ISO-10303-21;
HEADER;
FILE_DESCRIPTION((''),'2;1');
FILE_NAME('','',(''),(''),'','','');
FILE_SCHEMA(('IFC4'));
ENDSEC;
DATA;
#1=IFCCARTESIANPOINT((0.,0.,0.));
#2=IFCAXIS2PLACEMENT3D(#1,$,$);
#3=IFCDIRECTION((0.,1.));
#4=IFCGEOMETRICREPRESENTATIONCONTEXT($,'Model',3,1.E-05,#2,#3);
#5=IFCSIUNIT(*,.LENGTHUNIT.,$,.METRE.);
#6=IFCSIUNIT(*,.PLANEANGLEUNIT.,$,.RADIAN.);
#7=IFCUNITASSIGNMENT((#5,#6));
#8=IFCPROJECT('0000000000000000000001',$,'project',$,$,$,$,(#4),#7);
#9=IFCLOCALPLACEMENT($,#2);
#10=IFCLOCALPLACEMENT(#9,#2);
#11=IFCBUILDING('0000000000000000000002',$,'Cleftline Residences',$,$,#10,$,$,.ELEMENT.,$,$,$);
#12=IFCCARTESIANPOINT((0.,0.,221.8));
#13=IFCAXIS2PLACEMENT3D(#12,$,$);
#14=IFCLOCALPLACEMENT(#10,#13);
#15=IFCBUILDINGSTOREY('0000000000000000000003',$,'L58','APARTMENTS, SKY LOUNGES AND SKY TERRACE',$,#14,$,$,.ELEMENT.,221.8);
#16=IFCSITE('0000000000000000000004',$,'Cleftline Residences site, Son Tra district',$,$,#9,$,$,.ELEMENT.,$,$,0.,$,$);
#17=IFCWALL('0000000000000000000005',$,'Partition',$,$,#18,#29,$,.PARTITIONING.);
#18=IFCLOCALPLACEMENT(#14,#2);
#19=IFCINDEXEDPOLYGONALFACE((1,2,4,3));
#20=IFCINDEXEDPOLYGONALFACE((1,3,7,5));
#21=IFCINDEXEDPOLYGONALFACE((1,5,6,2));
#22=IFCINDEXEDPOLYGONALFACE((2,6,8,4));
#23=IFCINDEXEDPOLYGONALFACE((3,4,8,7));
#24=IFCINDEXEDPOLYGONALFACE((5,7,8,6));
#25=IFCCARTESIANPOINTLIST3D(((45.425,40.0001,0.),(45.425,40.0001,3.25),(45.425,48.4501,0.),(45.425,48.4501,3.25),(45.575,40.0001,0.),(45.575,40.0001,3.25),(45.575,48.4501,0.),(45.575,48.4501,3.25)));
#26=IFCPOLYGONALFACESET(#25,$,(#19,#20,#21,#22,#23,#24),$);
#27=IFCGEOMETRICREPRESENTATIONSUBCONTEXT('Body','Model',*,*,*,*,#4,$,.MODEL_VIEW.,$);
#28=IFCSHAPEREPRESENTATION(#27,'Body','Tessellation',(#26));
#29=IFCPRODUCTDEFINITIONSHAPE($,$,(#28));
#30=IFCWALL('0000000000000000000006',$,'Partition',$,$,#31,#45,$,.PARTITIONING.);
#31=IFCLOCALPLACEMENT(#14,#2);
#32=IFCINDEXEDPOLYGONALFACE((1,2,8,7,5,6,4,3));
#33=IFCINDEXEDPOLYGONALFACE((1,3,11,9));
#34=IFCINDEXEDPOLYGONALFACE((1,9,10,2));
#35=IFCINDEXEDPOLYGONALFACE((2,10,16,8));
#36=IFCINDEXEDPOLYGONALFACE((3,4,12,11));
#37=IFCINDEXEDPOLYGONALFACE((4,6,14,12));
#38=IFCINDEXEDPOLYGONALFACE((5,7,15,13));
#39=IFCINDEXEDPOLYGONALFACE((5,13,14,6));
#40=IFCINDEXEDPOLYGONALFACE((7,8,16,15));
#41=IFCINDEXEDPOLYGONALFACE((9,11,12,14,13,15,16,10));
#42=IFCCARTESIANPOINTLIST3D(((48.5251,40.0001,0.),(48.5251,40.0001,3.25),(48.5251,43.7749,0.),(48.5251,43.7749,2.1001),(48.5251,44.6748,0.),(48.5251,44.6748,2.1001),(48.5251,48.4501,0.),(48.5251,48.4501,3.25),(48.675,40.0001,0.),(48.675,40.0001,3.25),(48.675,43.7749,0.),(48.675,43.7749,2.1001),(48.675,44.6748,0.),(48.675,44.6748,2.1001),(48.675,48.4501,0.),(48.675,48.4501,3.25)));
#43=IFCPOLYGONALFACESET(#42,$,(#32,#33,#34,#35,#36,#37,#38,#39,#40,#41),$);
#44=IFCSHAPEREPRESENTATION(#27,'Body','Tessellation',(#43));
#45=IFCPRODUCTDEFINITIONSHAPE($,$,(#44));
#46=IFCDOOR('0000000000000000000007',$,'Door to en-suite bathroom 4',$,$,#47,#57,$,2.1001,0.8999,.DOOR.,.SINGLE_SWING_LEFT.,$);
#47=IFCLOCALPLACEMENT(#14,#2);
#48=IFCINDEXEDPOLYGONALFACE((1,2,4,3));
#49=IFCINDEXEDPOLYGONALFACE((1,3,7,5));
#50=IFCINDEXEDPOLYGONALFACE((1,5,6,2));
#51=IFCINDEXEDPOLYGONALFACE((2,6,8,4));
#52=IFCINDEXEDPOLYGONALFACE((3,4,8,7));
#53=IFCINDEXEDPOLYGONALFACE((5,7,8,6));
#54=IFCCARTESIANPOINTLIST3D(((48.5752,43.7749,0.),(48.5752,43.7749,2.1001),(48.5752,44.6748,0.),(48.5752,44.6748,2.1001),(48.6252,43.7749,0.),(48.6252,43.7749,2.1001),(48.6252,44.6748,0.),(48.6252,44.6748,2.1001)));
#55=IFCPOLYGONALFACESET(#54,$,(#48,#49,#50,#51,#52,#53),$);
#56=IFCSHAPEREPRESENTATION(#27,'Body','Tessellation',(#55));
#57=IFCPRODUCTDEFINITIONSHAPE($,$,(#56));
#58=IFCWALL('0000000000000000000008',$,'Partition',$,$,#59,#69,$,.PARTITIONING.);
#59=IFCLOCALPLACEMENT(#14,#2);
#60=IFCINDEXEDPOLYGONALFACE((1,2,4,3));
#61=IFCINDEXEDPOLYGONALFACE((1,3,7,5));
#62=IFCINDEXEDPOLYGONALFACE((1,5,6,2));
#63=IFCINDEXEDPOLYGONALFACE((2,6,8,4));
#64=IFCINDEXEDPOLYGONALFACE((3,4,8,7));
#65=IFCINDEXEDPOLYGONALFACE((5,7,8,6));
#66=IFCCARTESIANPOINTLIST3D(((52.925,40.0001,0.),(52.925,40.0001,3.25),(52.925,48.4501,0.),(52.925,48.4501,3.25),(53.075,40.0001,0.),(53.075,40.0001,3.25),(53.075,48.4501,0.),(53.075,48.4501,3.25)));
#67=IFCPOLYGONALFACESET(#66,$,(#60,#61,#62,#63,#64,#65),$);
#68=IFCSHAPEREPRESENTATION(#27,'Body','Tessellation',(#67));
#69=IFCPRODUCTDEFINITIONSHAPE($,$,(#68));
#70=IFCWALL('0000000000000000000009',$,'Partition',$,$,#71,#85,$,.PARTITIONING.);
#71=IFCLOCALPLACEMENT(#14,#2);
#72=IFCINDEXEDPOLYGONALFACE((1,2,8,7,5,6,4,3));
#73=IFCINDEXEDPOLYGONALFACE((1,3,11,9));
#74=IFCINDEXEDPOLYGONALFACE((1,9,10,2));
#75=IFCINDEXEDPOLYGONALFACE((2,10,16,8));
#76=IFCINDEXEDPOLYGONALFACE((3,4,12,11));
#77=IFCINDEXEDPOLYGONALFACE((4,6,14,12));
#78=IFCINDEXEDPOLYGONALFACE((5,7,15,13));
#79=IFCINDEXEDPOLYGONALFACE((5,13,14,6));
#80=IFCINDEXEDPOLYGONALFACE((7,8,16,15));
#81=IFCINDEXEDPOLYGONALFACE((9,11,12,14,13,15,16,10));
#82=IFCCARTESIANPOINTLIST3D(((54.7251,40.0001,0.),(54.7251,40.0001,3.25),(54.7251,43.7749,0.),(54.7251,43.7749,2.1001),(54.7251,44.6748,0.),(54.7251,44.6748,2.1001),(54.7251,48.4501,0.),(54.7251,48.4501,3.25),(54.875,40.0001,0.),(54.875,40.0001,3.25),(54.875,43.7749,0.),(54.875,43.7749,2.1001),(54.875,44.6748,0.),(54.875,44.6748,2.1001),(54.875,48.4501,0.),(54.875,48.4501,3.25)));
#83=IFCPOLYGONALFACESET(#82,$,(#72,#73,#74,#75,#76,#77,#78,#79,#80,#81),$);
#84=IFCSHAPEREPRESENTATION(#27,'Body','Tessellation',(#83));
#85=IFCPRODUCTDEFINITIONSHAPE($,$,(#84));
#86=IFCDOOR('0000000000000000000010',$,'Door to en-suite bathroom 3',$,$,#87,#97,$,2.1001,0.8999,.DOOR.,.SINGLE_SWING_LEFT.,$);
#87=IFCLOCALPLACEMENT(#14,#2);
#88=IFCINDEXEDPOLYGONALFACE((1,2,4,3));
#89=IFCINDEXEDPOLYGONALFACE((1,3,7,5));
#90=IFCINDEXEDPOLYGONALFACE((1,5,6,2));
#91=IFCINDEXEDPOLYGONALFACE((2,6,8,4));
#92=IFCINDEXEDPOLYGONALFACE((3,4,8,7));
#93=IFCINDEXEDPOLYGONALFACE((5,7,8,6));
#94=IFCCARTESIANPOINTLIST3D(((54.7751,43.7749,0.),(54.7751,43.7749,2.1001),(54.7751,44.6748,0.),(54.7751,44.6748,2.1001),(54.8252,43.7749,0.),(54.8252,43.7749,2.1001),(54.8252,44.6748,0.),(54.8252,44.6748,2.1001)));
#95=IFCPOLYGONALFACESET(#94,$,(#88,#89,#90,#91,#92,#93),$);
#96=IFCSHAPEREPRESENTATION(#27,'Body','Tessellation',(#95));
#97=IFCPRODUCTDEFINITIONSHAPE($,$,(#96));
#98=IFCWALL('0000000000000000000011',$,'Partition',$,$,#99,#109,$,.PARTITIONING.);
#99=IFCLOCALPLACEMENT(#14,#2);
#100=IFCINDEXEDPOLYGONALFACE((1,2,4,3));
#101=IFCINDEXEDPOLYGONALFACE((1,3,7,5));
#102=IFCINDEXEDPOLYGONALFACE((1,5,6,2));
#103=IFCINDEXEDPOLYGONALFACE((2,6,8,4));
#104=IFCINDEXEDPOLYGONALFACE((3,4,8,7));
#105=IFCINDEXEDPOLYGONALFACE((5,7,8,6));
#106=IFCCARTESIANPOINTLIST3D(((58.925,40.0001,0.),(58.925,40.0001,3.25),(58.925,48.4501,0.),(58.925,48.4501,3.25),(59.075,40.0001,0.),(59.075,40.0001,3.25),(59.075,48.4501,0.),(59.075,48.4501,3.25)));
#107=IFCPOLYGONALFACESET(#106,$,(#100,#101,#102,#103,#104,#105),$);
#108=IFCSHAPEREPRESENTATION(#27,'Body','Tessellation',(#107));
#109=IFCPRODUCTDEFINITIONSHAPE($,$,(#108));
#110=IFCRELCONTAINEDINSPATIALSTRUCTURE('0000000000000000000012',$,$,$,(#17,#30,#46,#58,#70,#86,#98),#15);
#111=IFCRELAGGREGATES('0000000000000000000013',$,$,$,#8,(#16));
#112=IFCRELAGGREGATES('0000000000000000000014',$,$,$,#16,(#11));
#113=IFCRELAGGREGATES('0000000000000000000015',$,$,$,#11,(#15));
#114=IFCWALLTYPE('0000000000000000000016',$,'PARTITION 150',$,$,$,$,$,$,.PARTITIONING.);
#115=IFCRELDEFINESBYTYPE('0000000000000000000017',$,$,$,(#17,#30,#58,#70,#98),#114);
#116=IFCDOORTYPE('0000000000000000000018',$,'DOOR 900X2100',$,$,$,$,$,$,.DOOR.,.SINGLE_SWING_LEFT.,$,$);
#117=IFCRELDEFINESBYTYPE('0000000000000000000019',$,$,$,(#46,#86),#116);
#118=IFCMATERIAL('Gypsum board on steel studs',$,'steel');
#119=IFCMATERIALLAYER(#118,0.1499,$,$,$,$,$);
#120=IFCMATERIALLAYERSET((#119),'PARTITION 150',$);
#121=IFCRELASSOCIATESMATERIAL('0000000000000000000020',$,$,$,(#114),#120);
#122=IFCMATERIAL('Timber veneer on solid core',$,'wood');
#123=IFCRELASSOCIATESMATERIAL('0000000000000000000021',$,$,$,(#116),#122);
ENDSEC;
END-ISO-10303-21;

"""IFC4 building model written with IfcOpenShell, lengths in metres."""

from ifc_helpers import new_model, si_unit, direction, frame, frame_2d, origin, place, context, subcontext, project, spatial, rectangle, extrude, material, layer, layer_set, type_object, element, fill, save


model = new_model("IFC4")

# Units and contexts
model_context = context("Model", 3, precision=1e-05, world=origin(), true_north=direction((0.0, 1.0)))
body_context = subcontext(model_context, "Body", "Model", "MODEL_VIEW")
ifc_project = project(units=[si_unit("LENGTHUNIT", "METRE"), si_unit("PLANEANGLEUNIT", "RADIAN")], contexts=[model_context])

# Site, building, storey
site_placement = place(None, origin())
site = spatial("IfcSite", under=ifc_project, at=site_placement, Name="Cleftline Residences site, Son Tra district", CompositionType="ELEMENT", RefElevation=0.0)
building_placement = place(site_placement, origin())
building = spatial("IfcBuilding", under=site, at=building_placement, Name="Cleftline Residences", CompositionType="ELEMENT")
storey_placement = place(building_placement, frame((0.0, 0.0, 221.8)))
storey = spatial("IfcBuildingStorey", under=building, at=storey_placement, Name="L58", Description="APARTMENTS, SKY LOUNGES AND SKY TERRACE", CompositionType="ELEMENT", Elevation=221.8)

# Shared definitions
ifc_material_1 = material(Name="Gypsum board on steel studs", Category="steel")
ifc_layer = layer(ifc_material_1, 0.1499)
ifc_layer_set = layer_set([ifc_layer], Name="PARTITION 150")
wall_type = type_object("IfcWallType", Name="PARTITION 150", PredefinedType="PARTITIONING", material=ifc_layer_set)

# Wall
wall_1_placement = place(storey_placement, frame((45.5, 40.0, 0.0), z_axis=(0.0, 0.0, 1.0), x_axis=(0.0, 1.0, 0.0)))
element("IfcWall", 1, at=wall_1_placement, inside=storey, type_object=wall_type, Name="Partition", PredefinedType="PARTITIONING", context=body_context, shape_type="SweptSolid", body=[
    extrude(rectangle(XDim=8.45, YDim=0.1499, at=frame_2d((4.2251, 0.0))), origin(), (0.0, 0.0, 1.0), 3.25),
])

# Wall, opening, door
wall_2_placement = place(storey_placement, frame((48.6001, 40.0, 0.0), z_axis=(0.0, 0.0, 1.0), x_axis=(0.0, 1.0, 0.0)))
wall_2 = element("IfcWall", 2, at=wall_2_placement, inside=storey, type_object=wall_type, Name="Partition", PredefinedType="PARTITIONING", context=body_context, shape_type="SweptSolid", body=[
    extrude(rectangle(XDim=8.45, YDim=0.1499, at=frame_2d((4.2251, 0.0))), origin(), (0.0, 0.0, 1.0), 3.25),
])
opening_1_placement = place(wall_2_placement, frame((3.7749, 0.0, 0.0)))
opening_1 = element("IfcOpeningElement", 3, at=opening_1_placement, cuts=wall_2, PredefinedType="OPENING", context=body_context, shape_type="SweptSolid", body=[
    extrude(rectangle(XDim=0.8999, YDim=2.1001, at=frame_2d((0.45, 1.05))), frame((0.0, 0.085, 0.0), z_axis=(0.0, -1.0, 0.0), x_axis=(1.0, 0.0, 0.0)), (0.0, 0.0, 1.0), 0.1699),
])
ifc_material_2 = material(Name="Timber veneer on solid core", Category="wood")
door_type_1 = type_object("IfcDoorType", Name="DOOR 900X2100", OperationType="SINGLE_SWING_LEFT", PredefinedType="DOOR", material=ifc_material_2)
door_1_placement = place(opening_1_placement, origin())
door_1 = element("IfcDoor", 4, at=door_1_placement, inside=storey, type_object=door_type_1, Name="Door to en-suite bathroom 4", OperationType="SINGLE_SWING_LEFT", OverallHeight=2.1001, OverallWidth=0.8999, PredefinedType="DOOR", context=body_context, shape_type="SweptSolid", body=[
    extrude(rectangle(XDim=0.8999, YDim=2.1001, at=frame_2d((0.45, 1.05))), frame((0.0, 0.0249, 0.0), z_axis=(0.0, -1.0, 0.0), x_axis=(1.0, 0.0, 0.0)), (0.0, 0.0, 1.0), 0.05),
])
fill(opening_1, door_1)

# Wall
wall_3_placement = place(storey_placement, frame((53.0, 40.0, 0.0), z_axis=(0.0, 0.0, 1.0), x_axis=(0.0, 1.0, 0.0)))
element("IfcWall", 5, at=wall_3_placement, inside=storey, type_object=wall_type, Name="Partition", PredefinedType="PARTITIONING", context=body_context, shape_type="SweptSolid", body=[
    extrude(rectangle(XDim=8.45, YDim=0.1499, at=frame_2d((4.2251, 0.0))), origin(), (0.0, 0.0, 1.0), 3.25),
])

# Wall, opening, door
wall_4_placement = place(storey_placement, frame((54.8, 40.0, 0.0), z_axis=(0.0, 0.0, 1.0), x_axis=(0.0, 1.0, 0.0)))
wall_4 = element("IfcWall", 6, at=wall_4_placement, inside=storey, type_object=wall_type, Name="Partition", PredefinedType="PARTITIONING", context=body_context, shape_type="SweptSolid", body=[
    extrude(rectangle(XDim=8.45, YDim=0.1499, at=frame_2d((4.2251, 0.0))), origin(), (0.0, 0.0, 1.0), 3.25),
])
opening_2_placement = place(wall_4_placement, frame((3.7749, 0.0, 0.0)))
opening_2 = element("IfcOpeningElement", 7, at=opening_2_placement, cuts=wall_4, PredefinedType="OPENING", context=body_context, shape_type="SweptSolid", body=[
    extrude(rectangle(XDim=0.8999, YDim=2.1001, at=frame_2d((0.45, 1.05))), frame((0.0, 0.085, 0.0), z_axis=(0.0, -1.0, 0.0), x_axis=(1.0, 0.0, 0.0)), (0.0, 0.0, 1.0), 0.1699),
])
door_2_placement = place(opening_2_placement, origin())
door_2 = element("IfcDoor", 8, at=door_2_placement, inside=storey, type_object=door_type_1, Name="Door to en-suite bathroom 3", OperationType="SINGLE_SWING_LEFT", OverallHeight=2.1001, OverallWidth=0.8999, PredefinedType="DOOR", context=body_context, shape_type="SweptSolid", body=[
    extrude(rectangle(XDim=0.8999, YDim=2.1001, at=frame_2d((0.45, 1.05))), frame((0.0, 0.0249, 0.0), z_axis=(0.0, -1.0, 0.0), x_axis=(1.0, 0.0, 0.0)), (0.0, 0.0, 1.0), 0.05),
])
fill(opening_2, door_2)

# Wall
wall_5_placement = place(storey_placement, frame((59.0, 40.0, 0.0), z_axis=(0.0, 0.0, 1.0), x_axis=(0.0, 1.0, 0.0)))
element("IfcWall", 9, at=wall_5_placement, inside=storey, type_object=wall_type, Name="Partition", PredefinedType="PARTITIONING", context=body_context, shape_type="SweptSolid", body=[
    extrude(rectangle(XDim=8.45, YDim=0.1499, at=frame_2d((4.2251, 0.0))), origin(), (0.0, 0.0, 1.0), 3.25),
])

save(model, "model.ifc")
